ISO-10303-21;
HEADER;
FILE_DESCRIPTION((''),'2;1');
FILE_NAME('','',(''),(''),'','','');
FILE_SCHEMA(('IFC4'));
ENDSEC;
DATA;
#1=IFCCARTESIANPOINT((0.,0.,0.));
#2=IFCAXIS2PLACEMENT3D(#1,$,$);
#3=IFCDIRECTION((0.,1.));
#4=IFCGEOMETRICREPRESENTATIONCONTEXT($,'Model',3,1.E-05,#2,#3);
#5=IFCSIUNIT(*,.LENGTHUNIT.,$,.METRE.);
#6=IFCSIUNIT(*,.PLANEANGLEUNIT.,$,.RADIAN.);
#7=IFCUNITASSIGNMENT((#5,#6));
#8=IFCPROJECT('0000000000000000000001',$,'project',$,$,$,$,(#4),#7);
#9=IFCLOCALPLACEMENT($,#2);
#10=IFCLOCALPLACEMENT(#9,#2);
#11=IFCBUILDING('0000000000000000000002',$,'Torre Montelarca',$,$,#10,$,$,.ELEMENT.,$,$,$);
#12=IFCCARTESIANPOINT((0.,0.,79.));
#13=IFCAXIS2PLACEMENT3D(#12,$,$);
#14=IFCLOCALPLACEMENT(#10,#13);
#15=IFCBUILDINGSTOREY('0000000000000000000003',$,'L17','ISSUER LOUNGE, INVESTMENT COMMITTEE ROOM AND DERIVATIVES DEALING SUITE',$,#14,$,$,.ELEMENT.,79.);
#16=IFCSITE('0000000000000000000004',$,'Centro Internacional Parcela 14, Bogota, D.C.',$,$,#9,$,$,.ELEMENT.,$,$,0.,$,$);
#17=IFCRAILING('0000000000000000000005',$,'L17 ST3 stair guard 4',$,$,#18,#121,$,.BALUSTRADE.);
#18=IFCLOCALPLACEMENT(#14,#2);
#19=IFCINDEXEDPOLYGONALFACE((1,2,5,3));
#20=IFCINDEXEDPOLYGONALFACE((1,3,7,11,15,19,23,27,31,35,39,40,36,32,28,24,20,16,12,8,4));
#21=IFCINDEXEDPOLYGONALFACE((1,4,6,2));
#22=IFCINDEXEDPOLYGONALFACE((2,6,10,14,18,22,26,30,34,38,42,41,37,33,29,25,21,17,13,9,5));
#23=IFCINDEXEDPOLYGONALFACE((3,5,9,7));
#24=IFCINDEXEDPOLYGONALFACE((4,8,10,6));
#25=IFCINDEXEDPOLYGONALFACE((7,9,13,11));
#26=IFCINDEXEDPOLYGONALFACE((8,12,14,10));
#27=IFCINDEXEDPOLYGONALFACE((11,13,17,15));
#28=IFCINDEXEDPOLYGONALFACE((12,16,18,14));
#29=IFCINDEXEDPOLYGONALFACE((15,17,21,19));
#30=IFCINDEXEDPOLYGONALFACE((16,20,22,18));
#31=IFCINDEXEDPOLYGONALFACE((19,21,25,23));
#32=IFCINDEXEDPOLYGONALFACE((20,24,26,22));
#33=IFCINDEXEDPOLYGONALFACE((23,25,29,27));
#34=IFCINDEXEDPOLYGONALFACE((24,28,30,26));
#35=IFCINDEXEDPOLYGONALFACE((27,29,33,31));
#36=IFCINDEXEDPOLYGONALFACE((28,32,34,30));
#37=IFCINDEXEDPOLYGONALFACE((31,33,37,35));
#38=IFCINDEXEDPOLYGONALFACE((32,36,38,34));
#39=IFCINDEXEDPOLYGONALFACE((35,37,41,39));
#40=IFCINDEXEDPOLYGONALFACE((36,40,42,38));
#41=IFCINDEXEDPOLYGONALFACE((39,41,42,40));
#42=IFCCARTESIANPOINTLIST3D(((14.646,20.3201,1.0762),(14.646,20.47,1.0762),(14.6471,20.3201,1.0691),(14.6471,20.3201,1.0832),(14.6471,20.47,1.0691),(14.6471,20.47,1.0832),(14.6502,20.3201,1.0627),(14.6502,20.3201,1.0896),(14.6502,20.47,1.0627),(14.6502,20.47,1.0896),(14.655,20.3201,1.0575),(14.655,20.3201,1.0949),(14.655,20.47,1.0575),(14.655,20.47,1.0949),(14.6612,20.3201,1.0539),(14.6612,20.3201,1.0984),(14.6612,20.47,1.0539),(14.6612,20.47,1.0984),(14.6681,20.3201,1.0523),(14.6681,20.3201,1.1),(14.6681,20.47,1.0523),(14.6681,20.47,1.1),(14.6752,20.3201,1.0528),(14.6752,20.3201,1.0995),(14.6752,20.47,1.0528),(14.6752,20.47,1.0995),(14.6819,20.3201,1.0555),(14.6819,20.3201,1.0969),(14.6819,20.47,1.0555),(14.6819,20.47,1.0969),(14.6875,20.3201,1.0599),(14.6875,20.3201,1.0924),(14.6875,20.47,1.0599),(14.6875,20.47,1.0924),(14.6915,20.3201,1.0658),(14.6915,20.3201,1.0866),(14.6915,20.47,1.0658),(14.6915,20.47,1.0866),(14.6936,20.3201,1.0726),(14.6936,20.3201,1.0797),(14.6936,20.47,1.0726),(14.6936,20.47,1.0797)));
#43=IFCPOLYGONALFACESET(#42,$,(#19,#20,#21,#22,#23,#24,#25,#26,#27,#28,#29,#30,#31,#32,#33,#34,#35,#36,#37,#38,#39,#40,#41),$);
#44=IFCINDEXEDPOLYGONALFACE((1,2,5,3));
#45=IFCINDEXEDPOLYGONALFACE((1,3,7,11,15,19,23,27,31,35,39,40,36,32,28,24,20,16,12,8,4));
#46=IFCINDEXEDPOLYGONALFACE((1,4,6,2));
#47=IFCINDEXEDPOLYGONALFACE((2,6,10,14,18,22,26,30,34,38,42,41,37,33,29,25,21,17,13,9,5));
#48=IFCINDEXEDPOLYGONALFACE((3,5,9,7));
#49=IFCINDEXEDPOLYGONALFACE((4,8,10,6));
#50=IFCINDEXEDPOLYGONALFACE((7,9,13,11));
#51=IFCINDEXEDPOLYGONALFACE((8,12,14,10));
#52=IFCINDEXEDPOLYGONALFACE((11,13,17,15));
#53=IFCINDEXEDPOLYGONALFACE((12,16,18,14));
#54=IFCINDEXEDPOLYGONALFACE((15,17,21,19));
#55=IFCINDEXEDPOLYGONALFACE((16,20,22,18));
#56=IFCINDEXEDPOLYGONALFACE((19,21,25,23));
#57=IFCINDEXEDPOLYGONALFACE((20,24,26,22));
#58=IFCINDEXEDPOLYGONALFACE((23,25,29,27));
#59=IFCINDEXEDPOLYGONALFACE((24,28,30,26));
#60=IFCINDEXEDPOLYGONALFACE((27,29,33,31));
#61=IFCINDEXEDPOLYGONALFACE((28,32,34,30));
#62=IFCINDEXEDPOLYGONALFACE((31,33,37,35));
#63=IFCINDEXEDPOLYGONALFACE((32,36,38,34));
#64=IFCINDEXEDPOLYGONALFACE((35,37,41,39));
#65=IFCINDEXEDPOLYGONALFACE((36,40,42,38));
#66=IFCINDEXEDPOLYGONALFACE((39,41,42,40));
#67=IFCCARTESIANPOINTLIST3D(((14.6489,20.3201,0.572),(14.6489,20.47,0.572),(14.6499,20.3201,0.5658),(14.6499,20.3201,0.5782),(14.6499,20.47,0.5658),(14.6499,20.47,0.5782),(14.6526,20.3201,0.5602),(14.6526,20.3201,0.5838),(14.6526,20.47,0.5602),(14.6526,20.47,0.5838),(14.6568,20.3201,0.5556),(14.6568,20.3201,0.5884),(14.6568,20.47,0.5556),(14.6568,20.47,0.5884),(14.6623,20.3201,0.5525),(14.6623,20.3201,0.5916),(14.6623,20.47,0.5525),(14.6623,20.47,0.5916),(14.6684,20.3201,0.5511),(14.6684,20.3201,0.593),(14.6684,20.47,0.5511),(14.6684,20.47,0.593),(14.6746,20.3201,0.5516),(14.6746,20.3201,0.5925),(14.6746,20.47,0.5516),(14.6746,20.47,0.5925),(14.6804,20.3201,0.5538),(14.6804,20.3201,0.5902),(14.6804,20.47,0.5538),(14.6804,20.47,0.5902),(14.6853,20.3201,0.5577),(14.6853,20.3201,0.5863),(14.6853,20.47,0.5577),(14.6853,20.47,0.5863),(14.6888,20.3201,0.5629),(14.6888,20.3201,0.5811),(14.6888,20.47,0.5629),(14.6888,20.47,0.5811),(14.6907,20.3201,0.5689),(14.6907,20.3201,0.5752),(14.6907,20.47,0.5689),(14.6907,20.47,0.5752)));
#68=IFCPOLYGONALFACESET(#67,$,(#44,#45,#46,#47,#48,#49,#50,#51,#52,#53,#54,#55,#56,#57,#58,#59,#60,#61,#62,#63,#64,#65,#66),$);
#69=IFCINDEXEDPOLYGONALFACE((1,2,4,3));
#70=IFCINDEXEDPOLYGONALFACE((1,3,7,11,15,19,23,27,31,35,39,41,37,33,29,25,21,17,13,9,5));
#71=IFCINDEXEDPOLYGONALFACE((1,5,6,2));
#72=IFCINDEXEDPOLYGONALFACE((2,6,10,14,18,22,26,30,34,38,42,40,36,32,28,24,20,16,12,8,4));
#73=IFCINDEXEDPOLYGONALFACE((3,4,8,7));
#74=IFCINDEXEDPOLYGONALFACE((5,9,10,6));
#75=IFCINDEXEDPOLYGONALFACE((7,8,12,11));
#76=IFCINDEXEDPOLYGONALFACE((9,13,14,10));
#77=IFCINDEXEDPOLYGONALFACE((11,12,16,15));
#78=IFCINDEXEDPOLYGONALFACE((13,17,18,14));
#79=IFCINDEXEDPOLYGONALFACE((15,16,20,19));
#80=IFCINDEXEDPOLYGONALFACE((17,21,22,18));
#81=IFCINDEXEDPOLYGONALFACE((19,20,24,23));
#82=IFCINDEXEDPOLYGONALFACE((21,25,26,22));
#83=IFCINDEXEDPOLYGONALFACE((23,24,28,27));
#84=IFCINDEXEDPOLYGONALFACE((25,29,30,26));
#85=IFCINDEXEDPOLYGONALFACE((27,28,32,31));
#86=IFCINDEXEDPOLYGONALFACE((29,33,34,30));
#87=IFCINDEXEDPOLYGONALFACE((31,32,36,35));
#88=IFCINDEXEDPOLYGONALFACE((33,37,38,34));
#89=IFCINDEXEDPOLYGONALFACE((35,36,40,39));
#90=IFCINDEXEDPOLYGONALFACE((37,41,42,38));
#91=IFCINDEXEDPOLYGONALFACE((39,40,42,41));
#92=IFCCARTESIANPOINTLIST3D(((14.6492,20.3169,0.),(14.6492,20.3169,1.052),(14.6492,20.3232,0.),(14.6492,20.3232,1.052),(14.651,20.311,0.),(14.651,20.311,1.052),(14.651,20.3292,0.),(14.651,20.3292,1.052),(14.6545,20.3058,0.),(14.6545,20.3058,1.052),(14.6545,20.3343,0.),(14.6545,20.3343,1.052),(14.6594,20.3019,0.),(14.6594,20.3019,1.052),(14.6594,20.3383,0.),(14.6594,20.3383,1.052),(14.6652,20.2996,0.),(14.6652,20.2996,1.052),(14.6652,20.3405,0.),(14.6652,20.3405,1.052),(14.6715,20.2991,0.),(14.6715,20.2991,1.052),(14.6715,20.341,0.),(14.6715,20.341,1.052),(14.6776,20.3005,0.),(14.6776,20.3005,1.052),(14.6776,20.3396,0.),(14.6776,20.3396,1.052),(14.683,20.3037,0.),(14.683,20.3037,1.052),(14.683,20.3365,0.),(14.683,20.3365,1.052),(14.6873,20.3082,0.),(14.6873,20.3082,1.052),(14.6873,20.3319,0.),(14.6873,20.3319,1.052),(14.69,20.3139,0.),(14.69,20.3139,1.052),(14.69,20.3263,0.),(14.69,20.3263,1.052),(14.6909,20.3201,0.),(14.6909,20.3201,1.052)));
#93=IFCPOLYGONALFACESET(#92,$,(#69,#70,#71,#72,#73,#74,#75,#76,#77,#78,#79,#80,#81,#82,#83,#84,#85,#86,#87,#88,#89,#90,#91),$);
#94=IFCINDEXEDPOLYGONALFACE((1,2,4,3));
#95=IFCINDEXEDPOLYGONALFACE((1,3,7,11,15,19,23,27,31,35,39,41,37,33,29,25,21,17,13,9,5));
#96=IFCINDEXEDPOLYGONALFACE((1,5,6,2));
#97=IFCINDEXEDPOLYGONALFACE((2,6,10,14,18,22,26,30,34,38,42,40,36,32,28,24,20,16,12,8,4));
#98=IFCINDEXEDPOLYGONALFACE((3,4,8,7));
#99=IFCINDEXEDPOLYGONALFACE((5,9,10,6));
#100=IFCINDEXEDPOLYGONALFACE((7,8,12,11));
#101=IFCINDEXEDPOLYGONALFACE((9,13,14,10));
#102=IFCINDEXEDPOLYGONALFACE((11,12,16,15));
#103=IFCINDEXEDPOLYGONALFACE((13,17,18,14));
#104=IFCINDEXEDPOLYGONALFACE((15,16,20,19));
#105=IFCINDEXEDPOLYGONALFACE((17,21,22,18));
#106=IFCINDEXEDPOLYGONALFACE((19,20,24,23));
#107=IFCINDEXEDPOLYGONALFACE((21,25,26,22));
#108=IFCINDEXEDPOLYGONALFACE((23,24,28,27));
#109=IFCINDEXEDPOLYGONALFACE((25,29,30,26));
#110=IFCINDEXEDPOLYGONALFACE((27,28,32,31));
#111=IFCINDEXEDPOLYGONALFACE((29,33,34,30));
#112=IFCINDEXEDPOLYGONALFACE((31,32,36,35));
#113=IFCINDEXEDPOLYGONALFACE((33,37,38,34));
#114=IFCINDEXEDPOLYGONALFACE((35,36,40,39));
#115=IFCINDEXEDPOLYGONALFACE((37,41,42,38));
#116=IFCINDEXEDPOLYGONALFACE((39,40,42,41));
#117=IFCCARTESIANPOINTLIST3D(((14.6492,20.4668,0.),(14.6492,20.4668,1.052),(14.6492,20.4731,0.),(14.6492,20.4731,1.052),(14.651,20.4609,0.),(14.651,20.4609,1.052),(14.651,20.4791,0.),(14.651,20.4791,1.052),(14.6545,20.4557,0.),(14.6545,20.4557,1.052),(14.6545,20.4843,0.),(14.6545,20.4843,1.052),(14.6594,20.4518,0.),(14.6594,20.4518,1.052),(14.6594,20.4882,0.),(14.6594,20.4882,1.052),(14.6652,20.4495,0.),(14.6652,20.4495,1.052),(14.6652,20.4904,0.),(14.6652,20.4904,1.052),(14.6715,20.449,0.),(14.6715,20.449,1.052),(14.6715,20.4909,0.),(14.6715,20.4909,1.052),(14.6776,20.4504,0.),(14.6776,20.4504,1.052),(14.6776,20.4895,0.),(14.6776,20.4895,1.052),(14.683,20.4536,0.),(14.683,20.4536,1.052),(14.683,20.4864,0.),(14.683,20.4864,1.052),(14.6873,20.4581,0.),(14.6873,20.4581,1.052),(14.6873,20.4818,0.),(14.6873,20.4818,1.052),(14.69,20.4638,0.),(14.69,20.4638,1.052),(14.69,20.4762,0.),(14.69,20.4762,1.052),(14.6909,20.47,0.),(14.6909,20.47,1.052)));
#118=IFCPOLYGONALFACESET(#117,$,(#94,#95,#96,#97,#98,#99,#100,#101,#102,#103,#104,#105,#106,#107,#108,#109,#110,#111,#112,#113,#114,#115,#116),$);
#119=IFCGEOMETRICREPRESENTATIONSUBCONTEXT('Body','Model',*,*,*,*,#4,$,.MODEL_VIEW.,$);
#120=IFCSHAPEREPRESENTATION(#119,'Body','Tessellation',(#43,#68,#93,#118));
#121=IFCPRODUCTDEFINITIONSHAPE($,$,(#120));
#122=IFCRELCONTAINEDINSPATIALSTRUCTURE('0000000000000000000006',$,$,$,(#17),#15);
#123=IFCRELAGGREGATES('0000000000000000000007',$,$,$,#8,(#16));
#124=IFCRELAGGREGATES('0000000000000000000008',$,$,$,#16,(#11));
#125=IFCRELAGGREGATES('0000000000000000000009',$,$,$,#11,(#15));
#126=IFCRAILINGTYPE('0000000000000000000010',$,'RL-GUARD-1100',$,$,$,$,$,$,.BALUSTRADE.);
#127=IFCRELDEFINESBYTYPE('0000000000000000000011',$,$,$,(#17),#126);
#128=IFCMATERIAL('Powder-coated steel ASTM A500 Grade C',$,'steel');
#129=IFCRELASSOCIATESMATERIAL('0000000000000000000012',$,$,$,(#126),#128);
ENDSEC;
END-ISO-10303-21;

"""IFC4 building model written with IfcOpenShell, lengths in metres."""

from ifc_helpers import new_model, si_unit, direction, frame, origin, origin_2d, place, context, subcontext, project, spatial, circle, extrude, material, type_object, element, save


model = new_model("IFC4")

# Units and contexts
model_context = context("Model", 3, precision=1e-05, world=origin(), true_north=direction((0.0, 1.0)))
body_context = subcontext(model_context, "Body", "Model", "MODEL_VIEW")
ifc_project = project(units=[si_unit("LENGTHUNIT", "METRE"), si_unit("PLANEANGLEUNIT", "RADIAN")], contexts=[model_context])

# Site, building, storey
site_placement = place(None, origin())
site = spatial("IfcSite", under=ifc_project, at=site_placement, Name="Centro Internacional Parcela 14, Bogota, D.C.", CompositionType="ELEMENT", RefElevation=0.0)
building_placement = place(site_placement, origin())
building = spatial("IfcBuilding", under=site, at=building_placement, Name="Torre Montelarca", CompositionType="ELEMENT")
storey_placement = place(building_placement, frame((0.0, 0.0, 79.0)))
storey = spatial("IfcBuildingStorey", under=building, at=storey_placement, Name="L17", Description="ISSUER LOUNGE, INVESTMENT COMMITTEE ROOM AND DERIVATIVES DEALING SUITE", CompositionType="ELEMENT", Elevation=79.0)

# Railing
ifc_material_1 = material(Name="Powder-coated steel ASTM A500 Grade C", Category="steel")
railing_type_1 = type_object("IfcRailingType", Name="RL-GUARD-1100", PredefinedType="BALUSTRADE", material=ifc_material_1)
railing_1_placement = place(storey_placement, frame((14.6699, 20.3201, 0.0)))
element("IfcRailing", 1, at=railing_1_placement, inside=storey, type_object=railing_type_1, Name="L17 ST3 stair guard 4", PredefinedType="BALUSTRADE", context=body_context, shape_type="SweptSolid", body=[
    extrude(circle(Radius=0.0239, at=origin_2d()), frame((0.0, 0.0, 1.0762), z_axis=(0.0, 1.0, 0.0), x_axis=(-1.0, 0.0, 0.0)), (0.0, 0.0, 1.0), 0.1499),
    extrude(circle(Radius=0.021, at=origin_2d()), frame((0.0, 0.0, 0.572), z_axis=(0.0, 1.0, 0.0), x_axis=(-1.0, 0.0, 0.0)), (0.0, 0.0, 1.0), 0.1499),
    extrude(circle(Radius=0.021, at=origin_2d()), origin(), (0.0, 0.0, 1.0), 1.052),
    extrude(circle(Radius=0.021, at=origin_2d()), frame((0.0, 0.1499, 0.0)), (0.0, 0.0, 1.0), 1.052),
])

save(model, "model.ifc")
